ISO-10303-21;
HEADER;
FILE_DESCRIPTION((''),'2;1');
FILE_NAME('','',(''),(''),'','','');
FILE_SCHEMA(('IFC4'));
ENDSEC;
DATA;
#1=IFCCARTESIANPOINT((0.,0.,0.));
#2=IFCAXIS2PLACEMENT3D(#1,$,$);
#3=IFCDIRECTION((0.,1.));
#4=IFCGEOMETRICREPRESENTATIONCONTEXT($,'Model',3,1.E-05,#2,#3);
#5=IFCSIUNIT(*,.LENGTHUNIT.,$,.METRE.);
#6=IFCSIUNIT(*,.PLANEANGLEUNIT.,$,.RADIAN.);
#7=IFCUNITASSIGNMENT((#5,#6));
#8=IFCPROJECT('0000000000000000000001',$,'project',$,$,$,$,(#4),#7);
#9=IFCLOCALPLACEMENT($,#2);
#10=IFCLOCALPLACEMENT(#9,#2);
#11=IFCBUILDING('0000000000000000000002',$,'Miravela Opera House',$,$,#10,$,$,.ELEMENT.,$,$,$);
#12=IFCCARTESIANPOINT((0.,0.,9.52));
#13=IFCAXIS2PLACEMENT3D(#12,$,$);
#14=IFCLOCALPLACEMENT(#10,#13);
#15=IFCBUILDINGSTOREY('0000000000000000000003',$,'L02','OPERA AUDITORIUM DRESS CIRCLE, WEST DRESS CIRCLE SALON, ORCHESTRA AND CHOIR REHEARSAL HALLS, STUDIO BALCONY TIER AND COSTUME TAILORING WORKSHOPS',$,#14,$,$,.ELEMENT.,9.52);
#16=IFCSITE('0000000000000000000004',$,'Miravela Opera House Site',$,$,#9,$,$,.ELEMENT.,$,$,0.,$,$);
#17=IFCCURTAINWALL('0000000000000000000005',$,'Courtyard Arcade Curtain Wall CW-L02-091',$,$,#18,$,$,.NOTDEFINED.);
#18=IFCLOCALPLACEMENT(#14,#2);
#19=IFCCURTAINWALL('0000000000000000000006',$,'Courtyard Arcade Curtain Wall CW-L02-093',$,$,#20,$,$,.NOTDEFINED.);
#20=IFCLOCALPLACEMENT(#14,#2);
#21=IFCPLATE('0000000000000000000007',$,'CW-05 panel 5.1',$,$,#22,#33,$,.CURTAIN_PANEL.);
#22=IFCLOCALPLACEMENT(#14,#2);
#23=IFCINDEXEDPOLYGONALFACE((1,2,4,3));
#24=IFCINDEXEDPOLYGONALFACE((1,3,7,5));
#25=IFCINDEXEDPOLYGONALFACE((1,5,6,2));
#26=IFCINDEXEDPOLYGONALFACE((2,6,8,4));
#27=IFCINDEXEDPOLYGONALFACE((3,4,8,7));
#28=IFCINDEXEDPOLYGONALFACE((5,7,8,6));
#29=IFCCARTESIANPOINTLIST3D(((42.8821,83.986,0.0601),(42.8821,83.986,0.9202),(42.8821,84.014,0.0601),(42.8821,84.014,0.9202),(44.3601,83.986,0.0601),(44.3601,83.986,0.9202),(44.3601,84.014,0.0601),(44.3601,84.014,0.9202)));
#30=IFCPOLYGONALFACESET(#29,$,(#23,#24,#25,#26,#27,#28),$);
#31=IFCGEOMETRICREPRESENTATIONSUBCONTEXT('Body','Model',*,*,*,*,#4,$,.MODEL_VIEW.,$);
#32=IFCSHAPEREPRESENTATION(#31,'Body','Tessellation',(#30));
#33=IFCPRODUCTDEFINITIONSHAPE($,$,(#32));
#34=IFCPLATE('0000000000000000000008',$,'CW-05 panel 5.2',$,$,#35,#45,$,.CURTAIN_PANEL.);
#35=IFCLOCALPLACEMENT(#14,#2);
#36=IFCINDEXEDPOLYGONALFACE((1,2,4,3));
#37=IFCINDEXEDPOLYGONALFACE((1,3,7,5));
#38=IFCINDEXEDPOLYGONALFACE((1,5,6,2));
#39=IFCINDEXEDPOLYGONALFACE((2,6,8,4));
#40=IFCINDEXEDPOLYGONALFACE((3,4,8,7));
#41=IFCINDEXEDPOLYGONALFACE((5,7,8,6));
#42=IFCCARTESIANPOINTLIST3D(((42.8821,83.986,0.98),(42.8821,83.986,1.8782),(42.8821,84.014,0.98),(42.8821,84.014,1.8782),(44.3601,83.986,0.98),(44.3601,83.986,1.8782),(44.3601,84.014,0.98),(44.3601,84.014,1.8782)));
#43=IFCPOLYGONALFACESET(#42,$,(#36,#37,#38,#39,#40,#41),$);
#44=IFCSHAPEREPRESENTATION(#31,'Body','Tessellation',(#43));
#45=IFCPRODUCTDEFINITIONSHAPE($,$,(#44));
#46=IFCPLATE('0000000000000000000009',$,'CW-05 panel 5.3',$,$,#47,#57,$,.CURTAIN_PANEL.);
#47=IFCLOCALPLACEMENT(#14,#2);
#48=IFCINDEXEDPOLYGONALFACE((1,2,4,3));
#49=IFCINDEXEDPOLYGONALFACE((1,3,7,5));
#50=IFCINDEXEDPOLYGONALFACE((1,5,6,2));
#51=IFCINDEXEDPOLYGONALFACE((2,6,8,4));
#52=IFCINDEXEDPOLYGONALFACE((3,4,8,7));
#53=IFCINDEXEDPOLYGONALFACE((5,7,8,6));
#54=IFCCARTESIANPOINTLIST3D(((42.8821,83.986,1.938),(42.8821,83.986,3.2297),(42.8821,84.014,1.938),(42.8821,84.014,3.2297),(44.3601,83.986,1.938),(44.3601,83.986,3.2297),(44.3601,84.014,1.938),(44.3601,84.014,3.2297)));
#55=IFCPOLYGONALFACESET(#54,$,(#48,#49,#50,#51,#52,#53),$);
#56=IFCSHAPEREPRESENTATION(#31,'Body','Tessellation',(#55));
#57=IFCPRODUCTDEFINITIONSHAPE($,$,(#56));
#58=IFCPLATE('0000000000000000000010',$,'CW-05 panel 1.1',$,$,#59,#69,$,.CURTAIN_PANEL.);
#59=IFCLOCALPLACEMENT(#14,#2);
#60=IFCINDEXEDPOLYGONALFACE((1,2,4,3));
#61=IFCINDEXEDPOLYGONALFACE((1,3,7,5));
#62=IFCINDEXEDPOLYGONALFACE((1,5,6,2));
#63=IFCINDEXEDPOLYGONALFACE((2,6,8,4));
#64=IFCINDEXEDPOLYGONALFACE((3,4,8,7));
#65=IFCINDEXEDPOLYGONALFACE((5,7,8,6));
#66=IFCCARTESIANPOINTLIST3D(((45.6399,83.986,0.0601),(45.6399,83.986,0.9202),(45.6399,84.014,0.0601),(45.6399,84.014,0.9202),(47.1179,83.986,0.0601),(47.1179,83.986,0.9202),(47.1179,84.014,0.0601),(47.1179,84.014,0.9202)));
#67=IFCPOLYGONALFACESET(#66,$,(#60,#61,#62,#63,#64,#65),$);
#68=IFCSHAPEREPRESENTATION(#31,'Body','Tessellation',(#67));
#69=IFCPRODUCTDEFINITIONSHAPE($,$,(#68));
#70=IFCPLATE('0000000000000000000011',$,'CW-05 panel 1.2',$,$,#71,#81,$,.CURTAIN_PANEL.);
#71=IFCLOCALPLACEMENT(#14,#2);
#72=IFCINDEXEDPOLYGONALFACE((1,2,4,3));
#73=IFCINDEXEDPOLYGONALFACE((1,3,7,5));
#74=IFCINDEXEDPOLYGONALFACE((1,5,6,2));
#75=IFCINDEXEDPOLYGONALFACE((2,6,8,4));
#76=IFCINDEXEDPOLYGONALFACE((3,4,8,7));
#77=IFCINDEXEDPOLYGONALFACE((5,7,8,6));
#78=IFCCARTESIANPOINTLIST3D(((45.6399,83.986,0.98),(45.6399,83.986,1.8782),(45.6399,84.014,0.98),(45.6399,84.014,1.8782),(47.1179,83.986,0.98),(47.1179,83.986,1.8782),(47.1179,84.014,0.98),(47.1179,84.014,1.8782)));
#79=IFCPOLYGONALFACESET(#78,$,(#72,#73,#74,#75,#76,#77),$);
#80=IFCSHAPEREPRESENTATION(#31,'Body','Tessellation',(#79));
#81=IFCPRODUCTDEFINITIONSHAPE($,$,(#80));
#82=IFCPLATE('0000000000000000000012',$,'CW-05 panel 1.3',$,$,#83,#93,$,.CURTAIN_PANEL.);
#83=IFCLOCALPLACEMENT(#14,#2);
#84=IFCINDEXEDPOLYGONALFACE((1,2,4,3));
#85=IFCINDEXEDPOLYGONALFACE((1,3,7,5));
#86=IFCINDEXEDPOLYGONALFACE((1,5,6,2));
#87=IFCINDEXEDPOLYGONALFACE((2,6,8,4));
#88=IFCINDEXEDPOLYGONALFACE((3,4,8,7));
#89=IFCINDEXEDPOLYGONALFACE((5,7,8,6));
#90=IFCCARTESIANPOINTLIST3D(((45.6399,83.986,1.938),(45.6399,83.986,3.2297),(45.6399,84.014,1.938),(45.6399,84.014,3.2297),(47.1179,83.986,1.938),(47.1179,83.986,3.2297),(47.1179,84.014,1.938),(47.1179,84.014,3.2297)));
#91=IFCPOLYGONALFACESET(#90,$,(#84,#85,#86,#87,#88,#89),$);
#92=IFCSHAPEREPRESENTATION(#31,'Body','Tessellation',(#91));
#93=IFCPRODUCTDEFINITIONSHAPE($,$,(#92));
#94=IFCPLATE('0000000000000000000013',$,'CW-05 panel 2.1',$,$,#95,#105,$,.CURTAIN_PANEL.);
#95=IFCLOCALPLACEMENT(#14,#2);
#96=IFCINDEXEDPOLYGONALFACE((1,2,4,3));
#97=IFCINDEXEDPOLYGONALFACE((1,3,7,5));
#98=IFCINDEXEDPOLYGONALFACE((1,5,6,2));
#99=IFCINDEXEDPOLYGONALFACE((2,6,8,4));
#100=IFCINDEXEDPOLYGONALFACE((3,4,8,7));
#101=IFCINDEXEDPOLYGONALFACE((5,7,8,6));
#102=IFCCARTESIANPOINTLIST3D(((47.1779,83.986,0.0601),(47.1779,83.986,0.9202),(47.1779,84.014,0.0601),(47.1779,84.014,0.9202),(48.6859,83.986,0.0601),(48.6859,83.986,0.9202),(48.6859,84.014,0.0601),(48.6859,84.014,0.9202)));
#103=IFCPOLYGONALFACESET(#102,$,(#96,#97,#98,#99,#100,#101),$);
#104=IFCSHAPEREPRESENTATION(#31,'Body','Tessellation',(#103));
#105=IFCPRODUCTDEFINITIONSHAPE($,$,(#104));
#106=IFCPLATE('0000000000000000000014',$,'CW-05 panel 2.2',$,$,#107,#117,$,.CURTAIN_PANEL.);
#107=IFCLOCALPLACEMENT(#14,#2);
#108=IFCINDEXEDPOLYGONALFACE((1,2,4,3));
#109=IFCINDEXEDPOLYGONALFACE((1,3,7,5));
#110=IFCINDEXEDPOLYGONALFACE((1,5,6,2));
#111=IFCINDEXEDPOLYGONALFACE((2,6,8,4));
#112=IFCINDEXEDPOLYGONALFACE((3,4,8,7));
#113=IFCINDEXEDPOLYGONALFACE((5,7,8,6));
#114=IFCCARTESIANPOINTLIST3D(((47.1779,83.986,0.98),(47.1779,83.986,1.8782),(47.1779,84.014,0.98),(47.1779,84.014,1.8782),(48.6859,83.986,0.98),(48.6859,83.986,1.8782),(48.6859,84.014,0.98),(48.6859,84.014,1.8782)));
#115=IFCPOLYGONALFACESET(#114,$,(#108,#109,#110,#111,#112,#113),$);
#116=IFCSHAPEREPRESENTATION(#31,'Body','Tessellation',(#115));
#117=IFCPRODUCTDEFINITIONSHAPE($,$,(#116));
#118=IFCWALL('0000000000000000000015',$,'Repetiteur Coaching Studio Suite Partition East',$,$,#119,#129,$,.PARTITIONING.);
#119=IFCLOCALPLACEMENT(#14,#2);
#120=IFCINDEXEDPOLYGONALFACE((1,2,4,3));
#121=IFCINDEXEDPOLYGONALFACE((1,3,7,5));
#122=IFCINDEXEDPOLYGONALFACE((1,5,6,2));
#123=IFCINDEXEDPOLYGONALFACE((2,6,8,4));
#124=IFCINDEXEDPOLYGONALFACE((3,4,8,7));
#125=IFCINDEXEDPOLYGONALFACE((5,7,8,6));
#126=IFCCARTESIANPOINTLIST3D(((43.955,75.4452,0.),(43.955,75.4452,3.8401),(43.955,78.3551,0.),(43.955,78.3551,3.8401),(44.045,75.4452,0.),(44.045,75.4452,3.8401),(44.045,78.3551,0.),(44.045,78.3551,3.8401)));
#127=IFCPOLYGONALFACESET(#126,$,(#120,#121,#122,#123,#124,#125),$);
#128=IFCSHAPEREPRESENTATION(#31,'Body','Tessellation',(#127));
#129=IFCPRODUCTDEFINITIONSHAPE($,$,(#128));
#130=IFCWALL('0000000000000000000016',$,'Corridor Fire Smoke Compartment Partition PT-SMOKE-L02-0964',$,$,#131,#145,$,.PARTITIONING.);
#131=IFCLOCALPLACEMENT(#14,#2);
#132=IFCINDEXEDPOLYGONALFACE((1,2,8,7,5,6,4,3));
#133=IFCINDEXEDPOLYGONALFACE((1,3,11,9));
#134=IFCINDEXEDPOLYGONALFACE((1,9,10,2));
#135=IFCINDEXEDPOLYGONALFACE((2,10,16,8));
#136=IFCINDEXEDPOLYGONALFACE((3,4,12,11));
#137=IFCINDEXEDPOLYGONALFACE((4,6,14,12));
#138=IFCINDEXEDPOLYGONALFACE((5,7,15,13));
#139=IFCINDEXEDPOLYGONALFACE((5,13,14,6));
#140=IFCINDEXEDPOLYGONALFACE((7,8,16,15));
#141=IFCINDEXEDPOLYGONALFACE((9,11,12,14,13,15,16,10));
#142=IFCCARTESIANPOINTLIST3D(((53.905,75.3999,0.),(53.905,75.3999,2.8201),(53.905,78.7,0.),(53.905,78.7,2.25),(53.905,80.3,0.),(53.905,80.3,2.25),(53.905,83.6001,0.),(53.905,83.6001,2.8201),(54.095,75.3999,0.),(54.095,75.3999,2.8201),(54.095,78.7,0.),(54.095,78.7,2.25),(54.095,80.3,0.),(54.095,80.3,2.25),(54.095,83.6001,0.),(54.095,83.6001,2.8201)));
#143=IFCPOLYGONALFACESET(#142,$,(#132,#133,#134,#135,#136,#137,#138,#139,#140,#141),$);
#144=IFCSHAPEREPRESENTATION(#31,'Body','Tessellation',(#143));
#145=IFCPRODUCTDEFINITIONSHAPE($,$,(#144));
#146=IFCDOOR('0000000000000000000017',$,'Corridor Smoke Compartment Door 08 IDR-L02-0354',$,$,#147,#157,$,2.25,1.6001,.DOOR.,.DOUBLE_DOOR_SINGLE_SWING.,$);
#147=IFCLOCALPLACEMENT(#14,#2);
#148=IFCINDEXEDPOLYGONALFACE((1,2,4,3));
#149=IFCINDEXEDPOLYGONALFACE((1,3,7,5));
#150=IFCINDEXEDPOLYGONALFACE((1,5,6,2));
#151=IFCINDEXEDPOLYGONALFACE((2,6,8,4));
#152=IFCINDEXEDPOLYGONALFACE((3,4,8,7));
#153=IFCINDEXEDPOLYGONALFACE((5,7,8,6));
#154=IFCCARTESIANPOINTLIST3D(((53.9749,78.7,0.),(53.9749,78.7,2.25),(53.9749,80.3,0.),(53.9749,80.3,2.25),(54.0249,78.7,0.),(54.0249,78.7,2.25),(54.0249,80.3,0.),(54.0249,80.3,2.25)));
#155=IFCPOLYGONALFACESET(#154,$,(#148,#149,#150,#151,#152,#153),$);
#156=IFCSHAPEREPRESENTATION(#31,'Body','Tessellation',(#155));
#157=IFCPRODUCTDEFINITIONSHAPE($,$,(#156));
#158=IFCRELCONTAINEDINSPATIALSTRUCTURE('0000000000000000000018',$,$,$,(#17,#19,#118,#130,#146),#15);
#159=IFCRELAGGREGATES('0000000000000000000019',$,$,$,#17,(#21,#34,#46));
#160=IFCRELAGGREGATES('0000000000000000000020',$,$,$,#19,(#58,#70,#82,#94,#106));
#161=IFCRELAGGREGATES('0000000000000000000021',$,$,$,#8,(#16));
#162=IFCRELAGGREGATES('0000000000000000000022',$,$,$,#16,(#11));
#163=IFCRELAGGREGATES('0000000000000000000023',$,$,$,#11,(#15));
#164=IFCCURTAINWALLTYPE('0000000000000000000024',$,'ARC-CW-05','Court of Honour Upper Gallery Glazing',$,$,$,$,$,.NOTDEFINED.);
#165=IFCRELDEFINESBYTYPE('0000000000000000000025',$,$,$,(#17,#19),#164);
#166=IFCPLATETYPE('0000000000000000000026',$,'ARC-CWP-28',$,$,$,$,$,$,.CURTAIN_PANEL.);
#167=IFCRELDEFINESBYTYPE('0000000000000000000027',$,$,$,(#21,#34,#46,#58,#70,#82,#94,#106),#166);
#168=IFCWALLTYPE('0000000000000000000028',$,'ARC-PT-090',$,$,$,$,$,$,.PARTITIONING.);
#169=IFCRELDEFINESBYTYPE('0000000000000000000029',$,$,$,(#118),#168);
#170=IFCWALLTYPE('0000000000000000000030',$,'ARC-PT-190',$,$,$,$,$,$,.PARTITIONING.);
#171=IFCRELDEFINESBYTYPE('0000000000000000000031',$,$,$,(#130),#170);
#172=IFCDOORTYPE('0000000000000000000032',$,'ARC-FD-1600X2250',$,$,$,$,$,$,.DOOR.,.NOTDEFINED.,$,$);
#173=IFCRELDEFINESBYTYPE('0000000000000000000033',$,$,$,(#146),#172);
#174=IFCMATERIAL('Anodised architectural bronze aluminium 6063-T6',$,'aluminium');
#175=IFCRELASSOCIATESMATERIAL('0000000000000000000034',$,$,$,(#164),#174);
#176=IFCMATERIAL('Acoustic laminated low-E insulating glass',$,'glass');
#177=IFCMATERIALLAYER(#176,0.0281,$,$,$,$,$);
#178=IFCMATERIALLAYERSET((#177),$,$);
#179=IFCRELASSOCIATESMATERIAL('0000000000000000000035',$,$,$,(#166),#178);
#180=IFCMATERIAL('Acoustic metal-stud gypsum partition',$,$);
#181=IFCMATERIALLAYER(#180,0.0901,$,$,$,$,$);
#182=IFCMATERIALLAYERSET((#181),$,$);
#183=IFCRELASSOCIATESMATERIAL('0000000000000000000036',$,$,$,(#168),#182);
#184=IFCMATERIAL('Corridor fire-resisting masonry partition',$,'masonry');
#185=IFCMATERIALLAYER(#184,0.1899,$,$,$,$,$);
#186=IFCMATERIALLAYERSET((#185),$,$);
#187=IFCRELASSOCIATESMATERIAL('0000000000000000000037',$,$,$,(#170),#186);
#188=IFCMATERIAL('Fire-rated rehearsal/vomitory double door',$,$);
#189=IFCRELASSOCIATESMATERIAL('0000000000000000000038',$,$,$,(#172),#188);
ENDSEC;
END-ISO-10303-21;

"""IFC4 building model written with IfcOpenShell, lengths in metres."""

from ifc_helpers import new_model, si_unit, direction, frame, frame_2d, origin, origin_2d, place, context, subcontext, project, spatial, rectangle, extrude, material, layer, layer_set, type_object, element, fill, aggregate, save


model = new_model("IFC4")

# Units and contexts
model_context = context("Model", 3, precision=1e-05, world=origin(), true_north=direction((0.0, 1.0)))
body_context = subcontext(model_context, "Body", "Model", "MODEL_VIEW")
ifc_project = project(units=[si_unit("LENGTHUNIT", "METRE"), si_unit("PLANEANGLEUNIT", "RADIAN")], contexts=[model_context])

# Site, building, storey
site_placement = place(None, origin())
site = spatial("IfcSite", under=ifc_project, at=site_placement, Name="Miravela Opera House Site", CompositionType="ELEMENT", RefElevation=0.0)
building_placement = place(site_placement, origin())
building = spatial("IfcBuilding", under=site, at=building_placement, Name="Miravela Opera House", CompositionType="ELEMENT")
storey_placement = place(building_placement, frame((0.0, 0.0, 9.52)))
storey = spatial("IfcBuildingStorey", under=building, at=storey_placement, Name="L02", Description="OPERA AUDITORIUM DRESS CIRCLE, WEST DRESS CIRCLE SALON, ORCHESTRA AND CHOIR REHEARSAL HALLS, STUDIO BALCONY TIER AND COSTUME TAILORING WORKSHOPS", CompositionType="ELEMENT", Elevation=9.52)

# Curtain wall
ifc_material_1 = material(Name="Anodised architectural bronze aluminium 6063-T6", Category="aluminium")
curtain_wall_type = type_object("IfcCurtainWallType", Name="ARC-CW-05", Description="Court of Honour Upper Gallery Glazing", PredefinedType="NOTDEFINED", material=ifc_material_1)
curtain_wall_1_placement = place(storey_placement, origin())
curtain_wall_1 = element("IfcCurtainWall", 1, at=curtain_wall_1_placement, inside=storey, type_object=curtain_wall_type, Name="Courtyard Arcade Curtain Wall CW-L02-091", PredefinedType="NOTDEFINED")

# Curtain wall
curtain_wall_2_placement = place(storey_placement, origin())
curtain_wall_2 = element("IfcCurtainWall", 2, at=curtain_wall_2_placement, inside=storey, type_object=curtain_wall_type, Name="Courtyard Arcade Curtain Wall CW-L02-093", PredefinedType="NOTDEFINED")

# Plates
ifc_material_2 = material(Name="Acoustic laminated low-E insulating glass", Category="glass")
ifc_layer_1 = layer(ifc_material_2, 0.0281)
ifc_layer_set_1 = layer_set([ifc_layer_1])
plate_type = type_object("IfcPlateType", Name="ARC-CWP-28", PredefinedType="CURTAIN_PANEL", material=ifc_layer_set_1)
plate_1_placement = place(storey_placement, frame((43.6211, 84.0, 0.0601), z_axis=(0.0, 0.0, 1.0), x_axis=(1.0, 0.0, 0.0)))
plate_1 = element("IfcPlate", 3, at=plate_1_placement, type_object=plate_type, Name="CW-05 panel 5.1", PredefinedType="CURTAIN_PANEL", context=body_context, shape_type="SweptSolid", body=[
    extrude(rectangle(XDim=1.478, YDim=0.0281, at=origin_2d()), origin(), (0.0, 0.0, 1.0), 0.8601),
])
plate_2_placement = place(storey_placement, frame((43.6211, 84.0, 0.98), z_axis=(0.0, 0.0, 1.0), x_axis=(1.0, 0.0, 0.0)))
plate_2 = element("IfcPlate", 4, at=plate_2_placement, type_object=plate_type, Name="CW-05 panel 5.2", PredefinedType="CURTAIN_PANEL", context=body_context, shape_type="SweptSolid", body=[
    extrude(rectangle(XDim=1.478, YDim=0.0281, at=origin_2d()), origin(), (0.0, 0.0, 1.0), 0.8982),
])
plate_3_placement = place(storey_placement, frame((43.6211, 84.0, 1.938), z_axis=(0.0, 0.0, 1.0), x_axis=(1.0, 0.0, 0.0)))
plate_3 = element("IfcPlate", 5, at=plate_3_placement, type_object=plate_type, Name="CW-05 panel 5.3", PredefinedType="CURTAIN_PANEL", context=body_context, shape_type="SweptSolid", body=[
    extrude(rectangle(XDim=1.478, YDim=0.0281, at=origin_2d()), origin(), (0.0, 0.0, 1.0), 1.2917),
])
aggregate(curtain_wall_1, [plate_1, plate_2, plate_3])
plate_4_placement = place(storey_placement, frame((46.3789, 84.0, 0.0601), z_axis=(0.0, 0.0, 1.0), x_axis=(1.0, 0.0, 0.0)))
plate_4 = element("IfcPlate", 6, at=plate_4_placement, type_object=plate_type, Name="CW-05 panel 1.1", PredefinedType="CURTAIN_PANEL", context=body_context, shape_type="SweptSolid", body=[
    extrude(rectangle(XDim=1.478, YDim=0.0281, at=origin_2d()), origin(), (0.0, 0.0, 1.0), 0.8601),
])
plate_5_placement = place(storey_placement, frame((46.3789, 84.0, 0.98), z_axis=(0.0, 0.0, 1.0), x_axis=(1.0, 0.0, 0.0)))
plate_5 = element("IfcPlate", 7, at=plate_5_placement, type_object=plate_type, Name="CW-05 panel 1.2", PredefinedType="CURTAIN_PANEL", context=body_context, shape_type="SweptSolid", body=[
    extrude(rectangle(XDim=1.478, YDim=0.0281, at=origin_2d()), origin(), (0.0, 0.0, 1.0), 0.8982),
])
plate_6_placement = place(storey_placement, frame((46.3789, 84.0, 1.938), z_axis=(0.0, 0.0, 1.0), x_axis=(1.0, 0.0, 0.0)))
plate_6 = element("IfcPlate", 8, at=plate_6_placement, type_object=plate_type, Name="CW-05 panel 1.3", PredefinedType="CURTAIN_PANEL", context=body_context, shape_type="SweptSolid", body=[
    extrude(rectangle(XDim=1.478, YDim=0.0281, at=origin_2d()), origin(), (0.0, 0.0, 1.0), 1.2917),
])
plate_7_placement = place(storey_placement, frame((47.9319, 84.0, 0.0601), z_axis=(0.0, 0.0, 1.0), x_axis=(1.0, 0.0, 0.0)))
plate_7 = element("IfcPlate", 9, at=plate_7_placement, type_object=plate_type, Name="CW-05 panel 2.1", PredefinedType="CURTAIN_PANEL", context=body_context, shape_type="SweptSolid", body=[
    extrude(rectangle(XDim=1.5081, YDim=0.0281, at=origin_2d()), origin(), (0.0, 0.0, 1.0), 0.8601),
])
plate_8_placement = place(storey_placement, frame((47.9319, 84.0, 0.98), z_axis=(0.0, 0.0, 1.0), x_axis=(1.0, 0.0, 0.0)))
plate_8 = element("IfcPlate", 10, at=plate_8_placement, type_object=plate_type, Name="CW-05 panel 2.2", PredefinedType="CURTAIN_PANEL", context=body_context, shape_type="SweptSolid", body=[
    extrude(rectangle(XDim=1.5081, YDim=0.0281, at=origin_2d()), origin(), (0.0, 0.0, 1.0), 0.8982),
])
aggregate(curtain_wall_2, [plate_4, plate_5, plate_6, plate_7, plate_8])

# Wall
ifc_material_3 = material(Name="Acoustic metal-stud gypsum partition")
ifc_layer_2 = layer(ifc_material_3, 0.0901)
ifc_layer_set_2 = layer_set([ifc_layer_2])
wall_type_1 = type_object("IfcWallType", Name="ARC-PT-090", PredefinedType="PARTITIONING", material=ifc_layer_set_2)
wall_1_placement = place(storey_placement, frame((44.0, 75.4451, 0.0), z_axis=(0.0, 0.0, 1.0), x_axis=(0.0, 1.0, 0.0)))
element("IfcWall", 11, at=wall_1_placement, inside=storey, type_object=wall_type_1, Name="Repetiteur Coaching Studio Suite Partition East", PredefinedType="PARTITIONING", context=body_context, shape_type="SweptSolid", body=[
    extrude(rectangle(XDim=2.9099, YDim=0.0901, at=frame_2d((1.4551, 0.0))), origin(), (0.0, 0.0, 1.0), 3.8401),
])

# Wall, opening, door
ifc_material_4 = material(Name="Corridor fire-resisting masonry partition", Category="masonry")
ifc_layer_3 = layer(ifc_material_4, 0.1899)
ifc_layer_set_3 = layer_set([ifc_layer_3])
wall_type_2 = type_object("IfcWallType", Name="ARC-PT-190", PredefinedType="PARTITIONING", material=ifc_layer_set_3)
wall_2_placement = place(storey_placement, frame((54.0, 75.3999, 0.0), z_axis=(0.0, 0.0, 1.0), x_axis=(0.0, 1.0, 0.0)))
wall_2 = element("IfcWall", 12, at=wall_2_placement, inside=storey, type_object=wall_type_2, Name="Corridor Fire Smoke Compartment Partition PT-SMOKE-L02-0964", PredefinedType="PARTITIONING", context=body_context, shape_type="SweptSolid", body=[
    extrude(rectangle(XDim=8.2002, YDim=0.1899, at=frame_2d((4.1001, 0.0))), origin(), (0.0, 0.0, 1.0), 2.8201),
])
opening_placement = place(wall_2_placement, frame((3.3, 0.0, 0.0)))
opening = element("IfcOpeningElement", 13, at=opening_placement, cuts=wall_2, PredefinedType="OPENING", context=body_context, shape_type="SweptSolid", body=[
    extrude(rectangle(XDim=1.6001, YDim=2.25, at=frame_2d((0.8, 1.125))), frame((0.0, 0.105, 0.0), z_axis=(0.0, -1.0, 0.0), x_axis=(1.0, 0.0, 0.0)), (0.0, 0.0, 1.0), 0.21),
])
ifc_material_5 = material(Name="Fire-rated rehearsal/vomitory double door")
door_type = type_object("IfcDoorType", Name="ARC-FD-1600X2250", OperationType="NOTDEFINED", PredefinedType="DOOR", material=ifc_material_5)
door_placement = place(opening_placement, frame((1.6001, 0.0, 0.0), z_axis=(0.0, 0.0, 1.0), x_axis=(-1.0, 0.0, 0.0)))
door = element("IfcDoor", 14, at=door_placement, inside=storey, type_object=door_type, Name="Corridor Smoke Compartment Door 08 IDR-L02-0354", OperationType="DOUBLE_DOOR_SINGLE_SWING", OverallHeight=2.25, OverallWidth=1.6001, PredefinedType="DOOR", context=body_context, shape_type="SweptSolid", body=[
    extrude(rectangle(XDim=1.6001, YDim=2.25, at=frame_2d((0.8, 1.125))), frame((0.0, 0.0249, 0.0), z_axis=(0.0, -1.0, 0.0), x_axis=(1.0, 0.0, 0.0)), (0.0, 0.0, 1.0), 0.05),
])
fill(opening, door)

save(model, "model.ifc")
